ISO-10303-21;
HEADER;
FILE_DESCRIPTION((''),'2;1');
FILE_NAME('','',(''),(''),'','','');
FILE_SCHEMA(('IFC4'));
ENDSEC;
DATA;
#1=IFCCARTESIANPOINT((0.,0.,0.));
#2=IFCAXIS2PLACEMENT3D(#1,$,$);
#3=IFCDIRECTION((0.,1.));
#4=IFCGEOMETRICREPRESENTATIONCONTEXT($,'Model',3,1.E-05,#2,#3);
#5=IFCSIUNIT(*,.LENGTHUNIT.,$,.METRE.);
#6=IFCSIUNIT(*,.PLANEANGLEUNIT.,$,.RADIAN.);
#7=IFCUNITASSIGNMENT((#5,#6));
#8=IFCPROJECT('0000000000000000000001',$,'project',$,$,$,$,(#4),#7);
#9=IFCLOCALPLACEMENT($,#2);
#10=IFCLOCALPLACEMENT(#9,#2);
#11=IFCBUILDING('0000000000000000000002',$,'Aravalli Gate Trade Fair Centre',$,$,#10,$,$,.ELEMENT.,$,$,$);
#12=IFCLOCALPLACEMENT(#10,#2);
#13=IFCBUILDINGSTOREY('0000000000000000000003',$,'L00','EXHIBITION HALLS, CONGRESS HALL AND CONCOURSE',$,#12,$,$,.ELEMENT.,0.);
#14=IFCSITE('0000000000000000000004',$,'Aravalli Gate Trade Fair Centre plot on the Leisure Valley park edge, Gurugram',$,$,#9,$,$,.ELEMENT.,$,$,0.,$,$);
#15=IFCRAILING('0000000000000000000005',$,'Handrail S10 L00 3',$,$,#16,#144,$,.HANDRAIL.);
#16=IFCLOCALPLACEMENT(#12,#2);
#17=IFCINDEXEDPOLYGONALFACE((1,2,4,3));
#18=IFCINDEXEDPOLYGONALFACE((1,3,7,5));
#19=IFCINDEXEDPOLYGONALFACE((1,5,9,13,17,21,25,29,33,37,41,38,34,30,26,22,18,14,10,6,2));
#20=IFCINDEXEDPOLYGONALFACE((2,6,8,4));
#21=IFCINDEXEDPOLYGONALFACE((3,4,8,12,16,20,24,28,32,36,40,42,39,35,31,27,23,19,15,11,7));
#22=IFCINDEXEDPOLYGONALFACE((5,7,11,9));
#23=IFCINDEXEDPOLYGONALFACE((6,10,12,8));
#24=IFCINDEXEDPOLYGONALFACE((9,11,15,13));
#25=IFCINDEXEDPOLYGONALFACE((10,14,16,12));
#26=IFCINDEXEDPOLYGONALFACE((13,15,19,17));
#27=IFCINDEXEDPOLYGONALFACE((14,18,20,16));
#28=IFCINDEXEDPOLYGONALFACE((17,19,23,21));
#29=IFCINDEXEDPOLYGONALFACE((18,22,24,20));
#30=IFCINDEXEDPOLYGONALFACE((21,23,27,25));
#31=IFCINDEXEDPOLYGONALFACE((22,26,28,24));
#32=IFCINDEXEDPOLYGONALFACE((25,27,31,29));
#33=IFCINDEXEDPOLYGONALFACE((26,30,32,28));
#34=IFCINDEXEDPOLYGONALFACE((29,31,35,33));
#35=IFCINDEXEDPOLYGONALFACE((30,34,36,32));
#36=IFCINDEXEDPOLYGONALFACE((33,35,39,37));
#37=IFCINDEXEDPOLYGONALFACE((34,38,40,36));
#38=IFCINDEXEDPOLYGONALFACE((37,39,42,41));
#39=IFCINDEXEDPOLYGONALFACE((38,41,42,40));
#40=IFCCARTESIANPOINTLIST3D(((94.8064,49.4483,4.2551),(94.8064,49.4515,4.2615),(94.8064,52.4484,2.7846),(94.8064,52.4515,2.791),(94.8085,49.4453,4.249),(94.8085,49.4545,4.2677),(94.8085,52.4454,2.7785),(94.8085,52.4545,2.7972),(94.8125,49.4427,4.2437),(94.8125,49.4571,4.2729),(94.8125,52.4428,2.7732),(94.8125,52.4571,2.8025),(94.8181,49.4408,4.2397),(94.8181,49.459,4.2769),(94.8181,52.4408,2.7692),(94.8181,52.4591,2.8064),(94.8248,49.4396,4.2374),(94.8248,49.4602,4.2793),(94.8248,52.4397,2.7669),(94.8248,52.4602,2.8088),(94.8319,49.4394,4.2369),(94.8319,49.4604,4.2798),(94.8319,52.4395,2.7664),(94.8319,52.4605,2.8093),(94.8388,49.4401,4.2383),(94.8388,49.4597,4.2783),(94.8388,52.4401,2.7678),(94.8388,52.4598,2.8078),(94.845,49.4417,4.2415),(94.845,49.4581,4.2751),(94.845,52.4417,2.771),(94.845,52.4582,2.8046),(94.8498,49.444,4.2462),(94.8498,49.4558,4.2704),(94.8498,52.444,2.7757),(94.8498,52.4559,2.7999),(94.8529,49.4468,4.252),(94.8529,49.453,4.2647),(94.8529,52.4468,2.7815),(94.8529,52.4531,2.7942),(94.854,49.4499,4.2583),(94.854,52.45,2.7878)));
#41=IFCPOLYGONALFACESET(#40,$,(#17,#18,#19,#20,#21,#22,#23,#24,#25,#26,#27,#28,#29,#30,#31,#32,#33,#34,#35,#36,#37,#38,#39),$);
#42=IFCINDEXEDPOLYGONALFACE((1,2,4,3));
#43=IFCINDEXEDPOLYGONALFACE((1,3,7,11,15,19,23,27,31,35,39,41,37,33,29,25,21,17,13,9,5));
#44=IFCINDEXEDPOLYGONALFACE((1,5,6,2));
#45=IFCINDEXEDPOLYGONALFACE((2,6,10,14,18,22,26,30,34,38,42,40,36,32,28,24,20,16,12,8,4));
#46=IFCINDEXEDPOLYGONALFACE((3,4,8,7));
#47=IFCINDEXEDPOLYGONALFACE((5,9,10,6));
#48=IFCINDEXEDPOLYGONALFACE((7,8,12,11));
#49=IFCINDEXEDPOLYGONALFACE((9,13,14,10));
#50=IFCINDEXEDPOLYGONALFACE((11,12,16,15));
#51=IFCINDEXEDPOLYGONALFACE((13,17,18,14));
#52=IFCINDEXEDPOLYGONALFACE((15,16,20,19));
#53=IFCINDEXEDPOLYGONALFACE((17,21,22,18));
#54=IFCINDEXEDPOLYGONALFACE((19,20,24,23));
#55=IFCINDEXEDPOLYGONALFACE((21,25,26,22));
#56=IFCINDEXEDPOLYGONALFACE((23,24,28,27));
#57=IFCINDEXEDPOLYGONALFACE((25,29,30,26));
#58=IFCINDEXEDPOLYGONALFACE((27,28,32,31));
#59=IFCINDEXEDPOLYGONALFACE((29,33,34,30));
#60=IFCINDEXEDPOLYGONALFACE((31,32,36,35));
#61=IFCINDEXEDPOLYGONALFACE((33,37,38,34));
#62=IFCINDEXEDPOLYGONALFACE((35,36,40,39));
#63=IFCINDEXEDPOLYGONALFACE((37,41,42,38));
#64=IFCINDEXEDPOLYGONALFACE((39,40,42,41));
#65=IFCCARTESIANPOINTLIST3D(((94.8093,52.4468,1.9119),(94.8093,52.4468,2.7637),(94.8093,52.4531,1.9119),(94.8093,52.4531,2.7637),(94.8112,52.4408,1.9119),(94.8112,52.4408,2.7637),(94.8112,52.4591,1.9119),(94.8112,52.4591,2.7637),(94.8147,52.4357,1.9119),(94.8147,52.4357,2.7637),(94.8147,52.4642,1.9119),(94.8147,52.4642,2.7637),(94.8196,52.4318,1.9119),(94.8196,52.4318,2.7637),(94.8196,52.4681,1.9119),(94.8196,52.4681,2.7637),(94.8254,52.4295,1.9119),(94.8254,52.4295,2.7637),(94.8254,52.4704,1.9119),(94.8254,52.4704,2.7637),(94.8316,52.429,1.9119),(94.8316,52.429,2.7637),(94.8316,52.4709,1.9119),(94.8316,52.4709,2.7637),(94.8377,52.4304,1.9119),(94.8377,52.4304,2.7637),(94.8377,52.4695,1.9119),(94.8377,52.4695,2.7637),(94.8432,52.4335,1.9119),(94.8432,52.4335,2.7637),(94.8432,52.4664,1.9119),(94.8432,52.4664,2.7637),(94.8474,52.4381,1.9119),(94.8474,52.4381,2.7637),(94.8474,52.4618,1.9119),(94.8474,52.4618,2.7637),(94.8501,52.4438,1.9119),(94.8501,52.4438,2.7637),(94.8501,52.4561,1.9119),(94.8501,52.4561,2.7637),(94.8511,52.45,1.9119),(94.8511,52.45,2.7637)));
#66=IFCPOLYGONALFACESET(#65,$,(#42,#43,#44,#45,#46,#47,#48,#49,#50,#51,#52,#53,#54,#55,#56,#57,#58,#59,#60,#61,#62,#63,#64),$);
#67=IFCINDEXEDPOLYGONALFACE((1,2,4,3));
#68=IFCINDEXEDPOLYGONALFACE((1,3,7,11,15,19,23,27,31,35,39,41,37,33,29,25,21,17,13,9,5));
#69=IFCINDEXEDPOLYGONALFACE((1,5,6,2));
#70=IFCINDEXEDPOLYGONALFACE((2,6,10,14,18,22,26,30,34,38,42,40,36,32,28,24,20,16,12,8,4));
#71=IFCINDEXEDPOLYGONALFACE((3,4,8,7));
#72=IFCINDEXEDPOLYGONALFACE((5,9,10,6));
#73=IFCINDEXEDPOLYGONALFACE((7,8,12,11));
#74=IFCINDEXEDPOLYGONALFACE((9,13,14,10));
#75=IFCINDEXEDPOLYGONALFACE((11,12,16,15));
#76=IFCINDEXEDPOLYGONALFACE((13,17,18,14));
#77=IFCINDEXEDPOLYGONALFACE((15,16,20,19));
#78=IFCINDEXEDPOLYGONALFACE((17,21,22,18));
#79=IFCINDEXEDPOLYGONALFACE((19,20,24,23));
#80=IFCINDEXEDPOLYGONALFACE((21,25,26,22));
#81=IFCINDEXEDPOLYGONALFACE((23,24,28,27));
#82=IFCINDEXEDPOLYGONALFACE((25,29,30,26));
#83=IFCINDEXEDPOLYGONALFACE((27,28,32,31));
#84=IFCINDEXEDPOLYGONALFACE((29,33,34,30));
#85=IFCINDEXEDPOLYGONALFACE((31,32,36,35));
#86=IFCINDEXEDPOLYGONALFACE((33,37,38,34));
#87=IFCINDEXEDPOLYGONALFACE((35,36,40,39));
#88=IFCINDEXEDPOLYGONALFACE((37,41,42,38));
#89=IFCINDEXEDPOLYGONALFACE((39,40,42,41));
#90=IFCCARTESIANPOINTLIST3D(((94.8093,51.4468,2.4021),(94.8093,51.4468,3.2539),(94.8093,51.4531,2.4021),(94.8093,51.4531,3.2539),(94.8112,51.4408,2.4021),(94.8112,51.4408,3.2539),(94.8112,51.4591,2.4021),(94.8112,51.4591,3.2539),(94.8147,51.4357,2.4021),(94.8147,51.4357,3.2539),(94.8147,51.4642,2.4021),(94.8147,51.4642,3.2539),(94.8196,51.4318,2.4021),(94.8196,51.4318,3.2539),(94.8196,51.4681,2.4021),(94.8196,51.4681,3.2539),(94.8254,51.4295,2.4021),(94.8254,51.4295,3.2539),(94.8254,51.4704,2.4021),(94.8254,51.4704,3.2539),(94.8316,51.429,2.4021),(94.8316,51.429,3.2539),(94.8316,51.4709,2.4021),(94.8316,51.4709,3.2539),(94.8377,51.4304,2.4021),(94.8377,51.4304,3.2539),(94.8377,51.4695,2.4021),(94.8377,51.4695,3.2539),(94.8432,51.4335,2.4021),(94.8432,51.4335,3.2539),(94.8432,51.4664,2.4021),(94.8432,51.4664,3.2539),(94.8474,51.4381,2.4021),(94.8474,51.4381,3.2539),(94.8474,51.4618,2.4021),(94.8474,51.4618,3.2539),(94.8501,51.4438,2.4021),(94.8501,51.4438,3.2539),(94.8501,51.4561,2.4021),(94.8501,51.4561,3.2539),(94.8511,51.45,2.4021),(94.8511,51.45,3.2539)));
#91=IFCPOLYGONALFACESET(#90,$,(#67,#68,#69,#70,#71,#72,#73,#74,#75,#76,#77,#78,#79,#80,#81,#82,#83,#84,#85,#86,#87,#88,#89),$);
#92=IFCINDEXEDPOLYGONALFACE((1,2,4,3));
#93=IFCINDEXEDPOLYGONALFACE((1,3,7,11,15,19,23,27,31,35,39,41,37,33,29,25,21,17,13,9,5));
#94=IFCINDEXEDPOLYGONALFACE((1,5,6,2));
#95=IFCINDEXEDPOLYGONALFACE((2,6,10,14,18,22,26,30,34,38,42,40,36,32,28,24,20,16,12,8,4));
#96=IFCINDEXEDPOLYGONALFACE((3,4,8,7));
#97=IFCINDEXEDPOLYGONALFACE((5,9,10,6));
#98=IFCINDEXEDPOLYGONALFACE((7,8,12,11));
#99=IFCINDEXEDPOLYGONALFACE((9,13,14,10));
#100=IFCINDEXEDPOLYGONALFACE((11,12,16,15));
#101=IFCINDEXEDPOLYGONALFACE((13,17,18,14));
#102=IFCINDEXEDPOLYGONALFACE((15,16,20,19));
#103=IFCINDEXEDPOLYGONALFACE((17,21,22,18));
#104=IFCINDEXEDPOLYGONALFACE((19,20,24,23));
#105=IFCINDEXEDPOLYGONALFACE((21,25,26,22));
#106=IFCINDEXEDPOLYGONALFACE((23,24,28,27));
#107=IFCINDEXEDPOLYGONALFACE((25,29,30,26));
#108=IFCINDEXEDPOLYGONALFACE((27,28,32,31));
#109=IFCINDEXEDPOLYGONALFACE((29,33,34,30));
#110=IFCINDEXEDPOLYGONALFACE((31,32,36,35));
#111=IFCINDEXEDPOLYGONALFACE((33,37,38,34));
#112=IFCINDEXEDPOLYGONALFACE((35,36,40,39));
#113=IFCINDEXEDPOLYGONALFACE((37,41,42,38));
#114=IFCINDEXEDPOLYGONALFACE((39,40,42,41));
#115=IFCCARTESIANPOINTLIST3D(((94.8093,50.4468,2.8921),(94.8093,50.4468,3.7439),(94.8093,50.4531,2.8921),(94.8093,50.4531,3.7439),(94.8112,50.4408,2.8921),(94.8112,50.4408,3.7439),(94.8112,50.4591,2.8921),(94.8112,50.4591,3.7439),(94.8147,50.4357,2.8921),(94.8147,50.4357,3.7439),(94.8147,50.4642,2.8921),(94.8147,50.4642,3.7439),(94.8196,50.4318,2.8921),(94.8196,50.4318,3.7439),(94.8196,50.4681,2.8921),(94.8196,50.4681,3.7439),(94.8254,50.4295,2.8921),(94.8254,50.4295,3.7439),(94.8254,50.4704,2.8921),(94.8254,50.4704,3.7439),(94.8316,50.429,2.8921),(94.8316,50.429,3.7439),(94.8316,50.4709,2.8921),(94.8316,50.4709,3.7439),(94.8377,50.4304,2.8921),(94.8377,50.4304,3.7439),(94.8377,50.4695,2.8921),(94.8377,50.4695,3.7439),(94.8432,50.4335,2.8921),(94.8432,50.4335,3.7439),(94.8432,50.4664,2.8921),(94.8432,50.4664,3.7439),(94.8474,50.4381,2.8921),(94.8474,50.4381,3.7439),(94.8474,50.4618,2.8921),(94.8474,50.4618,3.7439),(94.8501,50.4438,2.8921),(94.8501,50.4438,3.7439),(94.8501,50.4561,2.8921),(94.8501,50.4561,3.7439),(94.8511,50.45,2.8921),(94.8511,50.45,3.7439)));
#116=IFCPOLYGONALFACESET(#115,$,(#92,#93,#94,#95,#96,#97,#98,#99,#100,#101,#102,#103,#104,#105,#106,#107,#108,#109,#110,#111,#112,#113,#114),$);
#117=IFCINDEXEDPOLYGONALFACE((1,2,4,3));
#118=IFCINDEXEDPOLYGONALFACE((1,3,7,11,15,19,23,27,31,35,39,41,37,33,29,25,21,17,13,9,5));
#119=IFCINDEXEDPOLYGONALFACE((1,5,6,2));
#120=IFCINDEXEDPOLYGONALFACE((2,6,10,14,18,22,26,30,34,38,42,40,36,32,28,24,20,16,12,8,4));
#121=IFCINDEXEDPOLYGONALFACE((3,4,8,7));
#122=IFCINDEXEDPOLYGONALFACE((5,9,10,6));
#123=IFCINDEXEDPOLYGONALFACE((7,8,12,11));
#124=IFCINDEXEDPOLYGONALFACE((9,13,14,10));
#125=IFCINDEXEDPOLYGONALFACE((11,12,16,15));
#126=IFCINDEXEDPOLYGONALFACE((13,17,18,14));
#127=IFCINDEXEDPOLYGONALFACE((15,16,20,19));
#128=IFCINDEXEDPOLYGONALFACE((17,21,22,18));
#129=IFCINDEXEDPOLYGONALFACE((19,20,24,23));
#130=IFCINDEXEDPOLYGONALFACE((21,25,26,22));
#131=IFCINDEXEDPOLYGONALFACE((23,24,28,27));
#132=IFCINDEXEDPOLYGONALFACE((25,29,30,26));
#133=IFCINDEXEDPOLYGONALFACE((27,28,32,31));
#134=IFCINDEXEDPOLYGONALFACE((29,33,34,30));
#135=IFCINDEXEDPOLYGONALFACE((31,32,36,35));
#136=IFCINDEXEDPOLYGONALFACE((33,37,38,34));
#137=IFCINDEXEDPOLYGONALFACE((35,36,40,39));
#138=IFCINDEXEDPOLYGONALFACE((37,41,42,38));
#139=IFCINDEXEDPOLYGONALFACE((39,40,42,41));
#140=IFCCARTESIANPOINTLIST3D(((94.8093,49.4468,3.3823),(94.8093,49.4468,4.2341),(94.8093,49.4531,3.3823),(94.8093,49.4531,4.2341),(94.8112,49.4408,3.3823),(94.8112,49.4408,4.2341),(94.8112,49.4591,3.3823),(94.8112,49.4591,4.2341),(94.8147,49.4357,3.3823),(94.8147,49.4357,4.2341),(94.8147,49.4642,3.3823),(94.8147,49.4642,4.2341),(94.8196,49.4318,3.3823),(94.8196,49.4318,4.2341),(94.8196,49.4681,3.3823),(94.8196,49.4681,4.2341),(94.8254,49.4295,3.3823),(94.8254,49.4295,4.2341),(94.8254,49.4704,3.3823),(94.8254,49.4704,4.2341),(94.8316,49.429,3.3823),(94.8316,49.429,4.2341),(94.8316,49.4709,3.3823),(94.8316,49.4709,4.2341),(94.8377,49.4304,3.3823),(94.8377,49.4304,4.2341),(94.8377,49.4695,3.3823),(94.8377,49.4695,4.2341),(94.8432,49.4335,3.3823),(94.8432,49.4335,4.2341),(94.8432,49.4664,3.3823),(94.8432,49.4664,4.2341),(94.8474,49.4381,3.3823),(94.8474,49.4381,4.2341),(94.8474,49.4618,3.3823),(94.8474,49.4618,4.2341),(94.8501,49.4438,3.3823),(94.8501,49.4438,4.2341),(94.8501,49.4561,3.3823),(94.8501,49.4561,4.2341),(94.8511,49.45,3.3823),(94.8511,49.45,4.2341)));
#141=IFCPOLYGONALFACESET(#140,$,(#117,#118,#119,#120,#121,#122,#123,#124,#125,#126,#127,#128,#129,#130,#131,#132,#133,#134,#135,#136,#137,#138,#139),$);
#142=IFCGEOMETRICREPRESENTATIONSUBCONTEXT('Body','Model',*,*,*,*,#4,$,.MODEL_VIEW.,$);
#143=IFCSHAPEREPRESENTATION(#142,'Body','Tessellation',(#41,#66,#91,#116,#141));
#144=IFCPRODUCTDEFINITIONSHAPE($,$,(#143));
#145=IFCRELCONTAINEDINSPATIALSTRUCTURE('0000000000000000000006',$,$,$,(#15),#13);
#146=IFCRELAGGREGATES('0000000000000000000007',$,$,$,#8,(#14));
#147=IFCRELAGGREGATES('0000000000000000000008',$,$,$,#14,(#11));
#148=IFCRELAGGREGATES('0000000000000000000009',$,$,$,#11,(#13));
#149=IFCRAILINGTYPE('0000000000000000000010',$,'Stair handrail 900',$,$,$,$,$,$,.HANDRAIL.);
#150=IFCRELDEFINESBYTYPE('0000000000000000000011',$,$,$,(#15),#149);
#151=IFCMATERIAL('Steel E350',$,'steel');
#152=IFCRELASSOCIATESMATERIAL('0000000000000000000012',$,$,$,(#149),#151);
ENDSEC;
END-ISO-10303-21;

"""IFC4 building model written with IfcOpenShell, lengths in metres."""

from ifc_helpers import new_model, si_unit, direction, frame, origin, origin_2d, place, context, subcontext, project, spatial, circle, extrude, material, type_object, element, save


model = new_model("IFC4")

# Units and contexts
model_context = context("Model", 3, precision=1e-05, world=origin(), true_north=direction((0.0, 1.0)))
body_context = subcontext(model_context, "Body", "Model", "MODEL_VIEW")
ifc_project = project(units=[si_unit("LENGTHUNIT", "METRE"), si_unit("PLANEANGLEUNIT", "RADIAN")], contexts=[model_context])

# Site, building, storey
site_placement = place(None, origin())
site = spatial("IfcSite", under=ifc_project, at=site_placement, Name="Aravalli Gate Trade Fair Centre plot on the Leisure Valley park edge, Gurugram", CompositionType="ELEMENT", RefElevation=0.0)
building_placement = place(site_placement, origin())
building = spatial("IfcBuilding", under=site, at=building_placement, Name="Aravalli Gate Trade Fair Centre", CompositionType="ELEMENT")
storey_placement = place(building_placement, origin())
storey = spatial("IfcBuildingStorey", under=building, at=storey_placement, Name="L00", Description="EXHIBITION HALLS, CONGRESS HALL AND CONCOURSE", CompositionType="ELEMENT", Elevation=0.0)

# Railing
ifc_material_1 = material(Name="Steel E350", Category="steel")
railing_type = type_object("IfcRailingType", Name="Stair handrail 900", PredefinedType="HANDRAIL", material=ifc_material_1)
for number, where, name in (
    (1, (94.8301, 52.45, 1.9119), "Handrail S10 L00 3"),
):
    element("IfcRailing", number, at=place(storey_placement, frame(where)), inside=storey, type_object=railing_type, Name=name, PredefinedType="HANDRAIL", context=body_context, shape_type="SweptSolid", body=[
        extrude(circle(Radius=0.0239, at=origin_2d()), frame((0.0, 0.0, 0.876), z_axis=(0.0, -0.897936, 0.440126), x_axis=(1.0, 0.0, 0.0)), (0.0, 0.0, 1.0), 3.3411),
        extrude(circle(Radius=0.021, at=origin_2d()), origin(), (0.0, 0.0, 1.0), 0.8518),
        extrude(circle(Radius=0.021, at=origin_2d()), frame((0.0, -1.0, 0.4902)), (0.0, 0.0, 1.0), 0.8518),
        extrude(circle(Radius=0.021, at=origin_2d()), frame((0.0, -2.0, 0.9802)), (0.0, 0.0, 1.0), 0.8518),
        extrude(circle(Radius=0.021, at=origin_2d()), frame((0.0, -3.0, 1.4705)), (0.0, 0.0, 1.0), 0.8518),
    ])

save(model, "model.ifc")
